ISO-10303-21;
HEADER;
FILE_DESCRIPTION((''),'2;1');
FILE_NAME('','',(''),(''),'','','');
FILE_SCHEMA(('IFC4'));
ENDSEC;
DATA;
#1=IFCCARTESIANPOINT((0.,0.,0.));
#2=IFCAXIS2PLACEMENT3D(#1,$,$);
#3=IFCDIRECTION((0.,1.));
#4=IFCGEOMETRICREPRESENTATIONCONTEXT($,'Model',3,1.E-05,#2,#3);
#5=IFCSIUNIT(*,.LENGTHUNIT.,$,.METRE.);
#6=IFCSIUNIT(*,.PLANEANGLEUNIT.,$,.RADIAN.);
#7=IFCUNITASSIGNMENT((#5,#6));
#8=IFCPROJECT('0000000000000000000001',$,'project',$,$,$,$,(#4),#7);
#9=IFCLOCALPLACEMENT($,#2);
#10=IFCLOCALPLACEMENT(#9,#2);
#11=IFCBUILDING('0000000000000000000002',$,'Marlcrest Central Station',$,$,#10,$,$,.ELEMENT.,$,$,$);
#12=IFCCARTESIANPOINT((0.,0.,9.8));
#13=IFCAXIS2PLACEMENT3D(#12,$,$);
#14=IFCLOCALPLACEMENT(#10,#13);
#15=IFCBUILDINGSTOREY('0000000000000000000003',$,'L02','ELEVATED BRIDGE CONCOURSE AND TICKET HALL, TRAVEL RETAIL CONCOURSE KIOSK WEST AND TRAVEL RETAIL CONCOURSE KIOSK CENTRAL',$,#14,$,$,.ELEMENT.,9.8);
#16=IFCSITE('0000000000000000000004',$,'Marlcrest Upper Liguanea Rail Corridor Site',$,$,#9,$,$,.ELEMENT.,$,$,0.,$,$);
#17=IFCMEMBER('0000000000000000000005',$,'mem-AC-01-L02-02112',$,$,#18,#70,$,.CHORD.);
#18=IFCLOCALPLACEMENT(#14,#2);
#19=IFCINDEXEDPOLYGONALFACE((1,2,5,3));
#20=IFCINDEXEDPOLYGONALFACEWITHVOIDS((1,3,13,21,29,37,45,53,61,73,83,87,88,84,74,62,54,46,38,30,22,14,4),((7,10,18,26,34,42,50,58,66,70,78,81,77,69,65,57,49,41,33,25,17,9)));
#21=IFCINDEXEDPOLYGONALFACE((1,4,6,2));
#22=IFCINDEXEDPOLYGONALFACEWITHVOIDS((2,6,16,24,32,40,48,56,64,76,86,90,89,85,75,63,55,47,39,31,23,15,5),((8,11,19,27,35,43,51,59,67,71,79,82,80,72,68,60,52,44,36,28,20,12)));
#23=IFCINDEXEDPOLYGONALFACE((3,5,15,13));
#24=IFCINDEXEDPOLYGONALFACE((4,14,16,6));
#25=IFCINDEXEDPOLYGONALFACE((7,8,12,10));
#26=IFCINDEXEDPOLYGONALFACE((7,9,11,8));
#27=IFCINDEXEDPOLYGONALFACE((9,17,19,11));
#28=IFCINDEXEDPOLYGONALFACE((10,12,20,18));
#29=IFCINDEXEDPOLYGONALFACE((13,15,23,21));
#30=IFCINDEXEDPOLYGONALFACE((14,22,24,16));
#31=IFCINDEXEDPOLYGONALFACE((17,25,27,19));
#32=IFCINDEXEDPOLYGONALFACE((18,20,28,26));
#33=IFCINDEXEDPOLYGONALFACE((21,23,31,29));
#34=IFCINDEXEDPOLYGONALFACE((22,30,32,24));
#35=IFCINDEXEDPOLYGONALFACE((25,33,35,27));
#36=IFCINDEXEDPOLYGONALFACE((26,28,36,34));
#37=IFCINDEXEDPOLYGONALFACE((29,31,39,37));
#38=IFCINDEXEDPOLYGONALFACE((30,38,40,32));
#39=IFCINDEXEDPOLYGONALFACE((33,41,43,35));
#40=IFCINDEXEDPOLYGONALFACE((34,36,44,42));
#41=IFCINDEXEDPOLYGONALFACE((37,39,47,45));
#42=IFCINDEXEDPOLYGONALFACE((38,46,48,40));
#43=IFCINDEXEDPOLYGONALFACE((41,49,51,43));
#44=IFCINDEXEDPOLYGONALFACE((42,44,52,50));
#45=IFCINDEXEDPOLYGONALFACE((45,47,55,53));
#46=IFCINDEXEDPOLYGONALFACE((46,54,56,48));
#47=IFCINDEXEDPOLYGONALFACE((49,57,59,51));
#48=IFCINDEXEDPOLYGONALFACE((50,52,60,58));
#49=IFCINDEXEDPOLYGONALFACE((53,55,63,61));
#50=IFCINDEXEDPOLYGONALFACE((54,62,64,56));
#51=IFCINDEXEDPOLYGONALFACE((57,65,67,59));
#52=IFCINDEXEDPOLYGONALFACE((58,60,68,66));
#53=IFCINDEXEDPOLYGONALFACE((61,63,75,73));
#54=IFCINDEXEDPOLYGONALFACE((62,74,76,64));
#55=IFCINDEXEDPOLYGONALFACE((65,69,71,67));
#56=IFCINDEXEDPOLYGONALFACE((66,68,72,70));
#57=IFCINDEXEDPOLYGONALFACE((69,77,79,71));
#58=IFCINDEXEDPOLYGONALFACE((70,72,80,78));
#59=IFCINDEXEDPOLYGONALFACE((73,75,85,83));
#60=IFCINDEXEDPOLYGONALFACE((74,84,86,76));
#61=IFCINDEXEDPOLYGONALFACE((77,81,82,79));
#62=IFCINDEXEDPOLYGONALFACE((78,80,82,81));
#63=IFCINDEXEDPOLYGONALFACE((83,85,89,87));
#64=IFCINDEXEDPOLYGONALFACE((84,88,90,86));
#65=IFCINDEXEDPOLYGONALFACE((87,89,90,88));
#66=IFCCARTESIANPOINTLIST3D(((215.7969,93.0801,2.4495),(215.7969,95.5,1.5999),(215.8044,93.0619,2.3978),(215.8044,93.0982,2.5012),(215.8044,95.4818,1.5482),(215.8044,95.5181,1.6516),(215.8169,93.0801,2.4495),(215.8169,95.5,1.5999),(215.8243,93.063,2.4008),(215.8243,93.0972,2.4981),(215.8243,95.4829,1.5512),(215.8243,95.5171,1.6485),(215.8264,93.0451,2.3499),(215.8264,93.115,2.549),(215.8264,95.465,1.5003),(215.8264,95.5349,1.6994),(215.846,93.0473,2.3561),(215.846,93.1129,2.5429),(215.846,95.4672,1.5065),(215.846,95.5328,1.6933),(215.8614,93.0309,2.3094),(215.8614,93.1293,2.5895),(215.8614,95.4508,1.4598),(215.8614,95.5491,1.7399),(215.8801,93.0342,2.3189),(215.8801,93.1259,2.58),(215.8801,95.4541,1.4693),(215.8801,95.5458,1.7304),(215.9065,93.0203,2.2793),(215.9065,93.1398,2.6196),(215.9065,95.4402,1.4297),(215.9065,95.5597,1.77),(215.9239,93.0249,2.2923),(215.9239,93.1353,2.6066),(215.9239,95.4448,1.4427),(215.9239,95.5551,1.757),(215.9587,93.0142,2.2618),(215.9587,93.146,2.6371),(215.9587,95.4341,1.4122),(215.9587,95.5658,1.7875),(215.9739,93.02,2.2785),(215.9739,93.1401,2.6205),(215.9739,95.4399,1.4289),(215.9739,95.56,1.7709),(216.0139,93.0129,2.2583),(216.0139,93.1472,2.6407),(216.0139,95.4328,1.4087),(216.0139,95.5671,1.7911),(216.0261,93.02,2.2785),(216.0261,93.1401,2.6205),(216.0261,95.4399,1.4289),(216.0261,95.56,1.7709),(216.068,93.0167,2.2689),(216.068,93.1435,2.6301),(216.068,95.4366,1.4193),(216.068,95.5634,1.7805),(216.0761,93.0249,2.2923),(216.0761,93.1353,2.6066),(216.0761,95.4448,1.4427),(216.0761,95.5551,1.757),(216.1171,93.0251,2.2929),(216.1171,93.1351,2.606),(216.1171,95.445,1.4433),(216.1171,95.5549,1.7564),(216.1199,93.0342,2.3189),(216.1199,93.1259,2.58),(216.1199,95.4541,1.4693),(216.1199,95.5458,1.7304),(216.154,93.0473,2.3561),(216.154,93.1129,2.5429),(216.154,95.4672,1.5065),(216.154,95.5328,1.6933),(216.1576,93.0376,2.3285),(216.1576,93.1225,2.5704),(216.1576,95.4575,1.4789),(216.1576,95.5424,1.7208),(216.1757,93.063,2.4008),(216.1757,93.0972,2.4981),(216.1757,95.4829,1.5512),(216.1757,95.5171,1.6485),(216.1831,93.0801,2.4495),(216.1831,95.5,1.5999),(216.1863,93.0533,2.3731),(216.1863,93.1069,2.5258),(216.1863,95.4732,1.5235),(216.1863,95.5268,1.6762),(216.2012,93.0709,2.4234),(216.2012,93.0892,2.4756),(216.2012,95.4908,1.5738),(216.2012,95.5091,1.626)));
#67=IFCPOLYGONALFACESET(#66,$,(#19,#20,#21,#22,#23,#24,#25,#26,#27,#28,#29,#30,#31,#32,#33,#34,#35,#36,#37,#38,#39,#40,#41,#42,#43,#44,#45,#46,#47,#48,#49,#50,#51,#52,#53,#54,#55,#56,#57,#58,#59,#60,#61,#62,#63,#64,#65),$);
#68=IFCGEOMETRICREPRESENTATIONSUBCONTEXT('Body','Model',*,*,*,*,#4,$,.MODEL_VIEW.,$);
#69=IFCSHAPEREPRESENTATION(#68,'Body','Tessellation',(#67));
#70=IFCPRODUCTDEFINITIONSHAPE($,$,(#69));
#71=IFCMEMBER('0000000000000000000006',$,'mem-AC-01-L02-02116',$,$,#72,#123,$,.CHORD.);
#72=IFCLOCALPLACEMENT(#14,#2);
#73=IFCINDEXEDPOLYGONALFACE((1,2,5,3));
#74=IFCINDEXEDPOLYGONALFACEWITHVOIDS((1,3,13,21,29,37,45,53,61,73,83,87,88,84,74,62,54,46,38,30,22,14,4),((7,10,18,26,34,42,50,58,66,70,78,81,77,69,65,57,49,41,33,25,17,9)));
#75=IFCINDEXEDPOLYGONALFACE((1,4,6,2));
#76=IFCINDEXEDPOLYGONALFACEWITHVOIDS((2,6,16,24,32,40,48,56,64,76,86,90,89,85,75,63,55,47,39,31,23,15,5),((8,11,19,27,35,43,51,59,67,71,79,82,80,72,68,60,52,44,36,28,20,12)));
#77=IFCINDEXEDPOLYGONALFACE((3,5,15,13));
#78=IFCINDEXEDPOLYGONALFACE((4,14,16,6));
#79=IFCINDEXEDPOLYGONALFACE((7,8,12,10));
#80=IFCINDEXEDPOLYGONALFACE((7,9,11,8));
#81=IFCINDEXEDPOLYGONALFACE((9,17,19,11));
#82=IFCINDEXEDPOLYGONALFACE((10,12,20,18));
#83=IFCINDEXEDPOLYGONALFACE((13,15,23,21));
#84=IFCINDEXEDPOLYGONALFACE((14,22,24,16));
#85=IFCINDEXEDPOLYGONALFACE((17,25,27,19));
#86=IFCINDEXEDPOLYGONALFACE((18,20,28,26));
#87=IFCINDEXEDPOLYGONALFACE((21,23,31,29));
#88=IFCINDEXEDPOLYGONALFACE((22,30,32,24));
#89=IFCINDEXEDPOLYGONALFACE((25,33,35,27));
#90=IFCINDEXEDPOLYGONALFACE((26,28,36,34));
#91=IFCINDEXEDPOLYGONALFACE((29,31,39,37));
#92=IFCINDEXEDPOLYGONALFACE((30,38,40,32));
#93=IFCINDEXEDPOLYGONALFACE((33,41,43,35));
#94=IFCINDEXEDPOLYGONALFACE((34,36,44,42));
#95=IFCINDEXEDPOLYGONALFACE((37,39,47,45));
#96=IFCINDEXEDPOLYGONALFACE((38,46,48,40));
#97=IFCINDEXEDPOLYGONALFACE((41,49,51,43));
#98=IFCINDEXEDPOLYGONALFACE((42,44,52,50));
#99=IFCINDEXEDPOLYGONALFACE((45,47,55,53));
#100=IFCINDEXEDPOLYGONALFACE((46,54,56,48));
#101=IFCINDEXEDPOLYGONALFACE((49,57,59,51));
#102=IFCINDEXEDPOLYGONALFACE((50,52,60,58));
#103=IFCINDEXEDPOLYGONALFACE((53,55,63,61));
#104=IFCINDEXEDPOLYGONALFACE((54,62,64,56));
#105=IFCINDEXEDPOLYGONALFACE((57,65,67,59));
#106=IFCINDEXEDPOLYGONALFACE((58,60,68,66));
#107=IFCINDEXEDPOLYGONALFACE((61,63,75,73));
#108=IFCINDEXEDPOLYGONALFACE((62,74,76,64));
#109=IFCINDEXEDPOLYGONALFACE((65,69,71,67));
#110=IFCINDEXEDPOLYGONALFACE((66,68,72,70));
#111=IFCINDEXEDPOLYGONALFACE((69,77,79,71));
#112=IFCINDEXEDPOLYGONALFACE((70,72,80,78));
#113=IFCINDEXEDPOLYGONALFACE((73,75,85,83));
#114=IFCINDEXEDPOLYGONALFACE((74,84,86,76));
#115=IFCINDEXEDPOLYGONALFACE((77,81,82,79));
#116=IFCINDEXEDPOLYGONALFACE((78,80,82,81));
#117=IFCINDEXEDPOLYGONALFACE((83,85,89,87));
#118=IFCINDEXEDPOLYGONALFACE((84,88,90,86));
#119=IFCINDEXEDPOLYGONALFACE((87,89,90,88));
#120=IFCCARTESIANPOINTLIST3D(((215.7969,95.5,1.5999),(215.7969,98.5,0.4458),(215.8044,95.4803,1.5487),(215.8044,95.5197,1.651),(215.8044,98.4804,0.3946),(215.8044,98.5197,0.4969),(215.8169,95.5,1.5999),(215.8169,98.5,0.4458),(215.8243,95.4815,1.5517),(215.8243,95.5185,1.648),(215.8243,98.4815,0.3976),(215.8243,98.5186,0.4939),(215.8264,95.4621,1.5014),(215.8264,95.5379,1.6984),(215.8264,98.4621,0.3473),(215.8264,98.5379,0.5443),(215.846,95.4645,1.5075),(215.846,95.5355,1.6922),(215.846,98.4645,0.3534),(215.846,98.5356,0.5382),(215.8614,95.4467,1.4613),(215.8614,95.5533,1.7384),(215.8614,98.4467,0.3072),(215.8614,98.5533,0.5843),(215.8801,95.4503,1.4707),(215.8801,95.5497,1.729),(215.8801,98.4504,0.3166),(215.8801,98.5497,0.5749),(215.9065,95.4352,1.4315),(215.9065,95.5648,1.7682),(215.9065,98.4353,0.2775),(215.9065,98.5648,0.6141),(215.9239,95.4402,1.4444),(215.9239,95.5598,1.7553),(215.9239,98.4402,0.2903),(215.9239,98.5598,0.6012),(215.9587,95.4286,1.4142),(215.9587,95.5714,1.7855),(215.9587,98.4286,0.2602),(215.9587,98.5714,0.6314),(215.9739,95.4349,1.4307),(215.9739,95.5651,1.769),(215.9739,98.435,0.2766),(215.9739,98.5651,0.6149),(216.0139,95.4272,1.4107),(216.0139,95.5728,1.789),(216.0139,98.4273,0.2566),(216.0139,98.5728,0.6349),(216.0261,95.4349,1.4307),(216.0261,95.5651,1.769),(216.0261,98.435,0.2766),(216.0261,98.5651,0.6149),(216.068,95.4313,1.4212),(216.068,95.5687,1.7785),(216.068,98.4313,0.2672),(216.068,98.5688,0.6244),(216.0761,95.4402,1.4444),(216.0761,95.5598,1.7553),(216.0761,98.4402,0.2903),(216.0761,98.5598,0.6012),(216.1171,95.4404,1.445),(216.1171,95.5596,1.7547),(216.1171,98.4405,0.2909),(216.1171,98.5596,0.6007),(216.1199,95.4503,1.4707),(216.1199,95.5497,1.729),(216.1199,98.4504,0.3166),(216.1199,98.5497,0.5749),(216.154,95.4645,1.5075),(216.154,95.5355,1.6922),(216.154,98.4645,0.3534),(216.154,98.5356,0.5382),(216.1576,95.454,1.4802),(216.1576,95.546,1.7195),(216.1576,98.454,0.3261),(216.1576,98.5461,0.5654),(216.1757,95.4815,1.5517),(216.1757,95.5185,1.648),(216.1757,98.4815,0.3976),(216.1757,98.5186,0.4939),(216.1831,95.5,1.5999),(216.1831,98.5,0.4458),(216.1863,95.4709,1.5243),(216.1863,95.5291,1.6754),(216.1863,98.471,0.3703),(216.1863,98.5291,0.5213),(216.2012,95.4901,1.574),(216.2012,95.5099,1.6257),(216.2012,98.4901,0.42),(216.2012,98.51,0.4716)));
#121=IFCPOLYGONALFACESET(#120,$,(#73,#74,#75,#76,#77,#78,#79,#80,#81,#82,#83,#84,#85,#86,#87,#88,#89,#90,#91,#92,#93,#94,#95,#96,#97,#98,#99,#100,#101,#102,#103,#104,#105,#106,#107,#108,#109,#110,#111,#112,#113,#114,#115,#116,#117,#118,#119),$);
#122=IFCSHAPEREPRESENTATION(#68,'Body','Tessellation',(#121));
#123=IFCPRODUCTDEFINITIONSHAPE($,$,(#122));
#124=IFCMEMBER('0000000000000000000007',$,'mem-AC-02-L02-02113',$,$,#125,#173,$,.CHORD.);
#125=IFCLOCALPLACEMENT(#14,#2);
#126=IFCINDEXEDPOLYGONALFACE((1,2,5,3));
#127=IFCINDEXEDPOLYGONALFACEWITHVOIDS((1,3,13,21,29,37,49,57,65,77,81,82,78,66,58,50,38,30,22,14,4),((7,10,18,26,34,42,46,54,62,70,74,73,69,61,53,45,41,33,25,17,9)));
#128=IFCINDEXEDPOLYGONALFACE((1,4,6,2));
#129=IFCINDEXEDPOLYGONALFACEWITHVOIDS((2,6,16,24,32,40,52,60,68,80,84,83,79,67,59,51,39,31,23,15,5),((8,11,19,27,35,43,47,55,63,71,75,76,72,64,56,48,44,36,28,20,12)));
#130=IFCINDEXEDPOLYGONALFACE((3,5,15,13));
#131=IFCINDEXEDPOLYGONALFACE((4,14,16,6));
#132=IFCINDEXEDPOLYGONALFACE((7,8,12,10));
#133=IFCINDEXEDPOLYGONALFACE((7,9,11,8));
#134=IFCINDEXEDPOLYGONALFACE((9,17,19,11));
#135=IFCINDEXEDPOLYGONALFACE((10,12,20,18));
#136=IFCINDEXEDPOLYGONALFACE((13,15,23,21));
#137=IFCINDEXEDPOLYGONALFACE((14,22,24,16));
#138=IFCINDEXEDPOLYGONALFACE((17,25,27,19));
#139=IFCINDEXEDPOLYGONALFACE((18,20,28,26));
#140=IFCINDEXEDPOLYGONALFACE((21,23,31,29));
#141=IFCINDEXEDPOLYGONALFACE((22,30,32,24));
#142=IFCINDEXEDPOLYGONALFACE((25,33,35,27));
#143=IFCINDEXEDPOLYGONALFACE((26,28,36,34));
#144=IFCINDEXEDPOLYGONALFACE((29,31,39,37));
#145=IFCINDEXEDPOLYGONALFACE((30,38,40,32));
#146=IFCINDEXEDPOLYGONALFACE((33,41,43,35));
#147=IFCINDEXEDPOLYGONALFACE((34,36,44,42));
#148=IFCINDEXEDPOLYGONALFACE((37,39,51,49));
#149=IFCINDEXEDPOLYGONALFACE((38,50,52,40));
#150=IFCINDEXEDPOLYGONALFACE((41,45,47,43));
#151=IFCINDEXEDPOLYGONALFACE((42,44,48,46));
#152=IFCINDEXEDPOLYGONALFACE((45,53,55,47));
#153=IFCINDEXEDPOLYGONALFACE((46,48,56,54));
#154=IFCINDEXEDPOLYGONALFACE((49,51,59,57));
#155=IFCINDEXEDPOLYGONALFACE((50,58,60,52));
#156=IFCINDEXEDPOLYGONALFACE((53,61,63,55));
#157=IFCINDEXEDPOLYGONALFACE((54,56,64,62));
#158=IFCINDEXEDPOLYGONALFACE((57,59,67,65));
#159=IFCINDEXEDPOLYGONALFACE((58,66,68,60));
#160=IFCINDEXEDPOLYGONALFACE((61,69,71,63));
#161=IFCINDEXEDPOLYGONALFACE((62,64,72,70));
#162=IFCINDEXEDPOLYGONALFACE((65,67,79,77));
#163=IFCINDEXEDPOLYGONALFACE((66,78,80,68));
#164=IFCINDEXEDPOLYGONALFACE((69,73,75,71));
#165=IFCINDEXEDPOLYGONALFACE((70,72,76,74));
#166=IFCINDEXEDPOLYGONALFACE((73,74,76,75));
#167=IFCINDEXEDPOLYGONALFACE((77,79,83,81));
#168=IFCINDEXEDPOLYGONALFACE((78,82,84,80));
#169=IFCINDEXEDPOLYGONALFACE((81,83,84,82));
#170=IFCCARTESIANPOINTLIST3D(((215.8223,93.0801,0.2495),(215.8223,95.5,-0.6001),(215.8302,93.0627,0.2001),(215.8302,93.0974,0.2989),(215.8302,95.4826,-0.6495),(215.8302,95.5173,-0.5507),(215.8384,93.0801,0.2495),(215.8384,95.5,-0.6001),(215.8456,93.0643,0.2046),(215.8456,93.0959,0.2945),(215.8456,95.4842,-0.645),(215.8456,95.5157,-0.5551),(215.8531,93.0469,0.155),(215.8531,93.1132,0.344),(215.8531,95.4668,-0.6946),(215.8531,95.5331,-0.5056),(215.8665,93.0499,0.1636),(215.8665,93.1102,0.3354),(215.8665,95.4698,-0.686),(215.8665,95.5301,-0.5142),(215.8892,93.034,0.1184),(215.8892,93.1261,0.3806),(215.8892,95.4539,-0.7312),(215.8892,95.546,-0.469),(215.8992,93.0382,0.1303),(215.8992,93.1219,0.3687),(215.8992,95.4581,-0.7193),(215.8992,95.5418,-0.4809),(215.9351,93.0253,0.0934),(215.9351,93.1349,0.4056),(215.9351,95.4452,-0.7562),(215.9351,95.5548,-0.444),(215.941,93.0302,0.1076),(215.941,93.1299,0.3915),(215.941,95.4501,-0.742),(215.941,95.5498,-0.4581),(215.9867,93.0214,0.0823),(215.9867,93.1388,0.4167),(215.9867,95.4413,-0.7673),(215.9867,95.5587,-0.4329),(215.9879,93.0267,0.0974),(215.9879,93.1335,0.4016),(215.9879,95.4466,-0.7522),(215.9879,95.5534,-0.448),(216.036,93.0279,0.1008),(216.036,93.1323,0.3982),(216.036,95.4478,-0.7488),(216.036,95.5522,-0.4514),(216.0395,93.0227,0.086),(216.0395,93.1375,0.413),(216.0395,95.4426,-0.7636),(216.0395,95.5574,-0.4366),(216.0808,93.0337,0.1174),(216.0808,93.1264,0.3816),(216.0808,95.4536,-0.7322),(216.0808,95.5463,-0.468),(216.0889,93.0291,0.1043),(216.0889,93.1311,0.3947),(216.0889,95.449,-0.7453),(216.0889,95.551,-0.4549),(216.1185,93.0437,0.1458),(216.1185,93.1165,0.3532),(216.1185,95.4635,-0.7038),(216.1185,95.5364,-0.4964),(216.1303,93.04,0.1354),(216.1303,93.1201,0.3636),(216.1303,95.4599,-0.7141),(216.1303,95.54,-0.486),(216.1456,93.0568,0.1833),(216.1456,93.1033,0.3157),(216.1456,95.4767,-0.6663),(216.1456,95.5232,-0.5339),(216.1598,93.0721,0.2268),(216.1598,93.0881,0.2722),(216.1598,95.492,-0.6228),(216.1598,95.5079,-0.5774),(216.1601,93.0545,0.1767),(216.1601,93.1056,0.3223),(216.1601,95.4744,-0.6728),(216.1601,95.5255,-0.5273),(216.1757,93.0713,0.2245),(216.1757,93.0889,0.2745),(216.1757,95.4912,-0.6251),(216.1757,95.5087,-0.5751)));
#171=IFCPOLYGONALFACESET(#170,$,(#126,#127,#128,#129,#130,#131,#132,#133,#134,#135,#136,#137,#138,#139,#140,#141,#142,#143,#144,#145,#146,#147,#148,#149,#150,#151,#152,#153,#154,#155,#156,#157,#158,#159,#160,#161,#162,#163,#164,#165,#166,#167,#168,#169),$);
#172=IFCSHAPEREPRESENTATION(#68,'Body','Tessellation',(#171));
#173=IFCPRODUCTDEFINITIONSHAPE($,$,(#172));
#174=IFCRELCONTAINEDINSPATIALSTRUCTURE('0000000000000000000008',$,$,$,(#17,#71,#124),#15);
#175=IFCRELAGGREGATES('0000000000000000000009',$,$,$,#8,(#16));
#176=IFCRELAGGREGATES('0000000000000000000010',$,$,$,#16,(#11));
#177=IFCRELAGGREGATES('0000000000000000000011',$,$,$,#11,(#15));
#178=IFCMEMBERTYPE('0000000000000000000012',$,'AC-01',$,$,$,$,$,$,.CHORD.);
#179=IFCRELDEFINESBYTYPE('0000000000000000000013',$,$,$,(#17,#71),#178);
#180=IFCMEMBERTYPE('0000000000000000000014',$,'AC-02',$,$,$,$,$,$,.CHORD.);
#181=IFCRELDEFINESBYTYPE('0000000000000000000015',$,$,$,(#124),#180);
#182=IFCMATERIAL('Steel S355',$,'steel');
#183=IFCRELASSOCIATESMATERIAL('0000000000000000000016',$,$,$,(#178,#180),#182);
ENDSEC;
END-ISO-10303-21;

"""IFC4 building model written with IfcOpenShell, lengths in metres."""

from ifc_helpers import new_model, si_unit, direction, frame, origin, origin_2d, place, context, subcontext, project, spatial, hollow_circle, extrude, material, material_profile, profile_set, type_object, element, save


model = new_model("IFC4")

# Units and contexts
model_context = context("Model", 3, precision=1e-05, world=origin(), true_north=direction((0.0, 1.0)))
body_context = subcontext(model_context, "Body", "Model", "MODEL_VIEW")
ifc_project = project(units=[si_unit("LENGTHUNIT", "METRE"), si_unit("PLANEANGLEUNIT", "RADIAN")], contexts=[model_context])

# Site, building, storey
site_placement = place(None, origin())
site = spatial("IfcSite", under=ifc_project, at=site_placement, Name="Marlcrest Upper Liguanea Rail Corridor Site", CompositionType="ELEMENT", RefElevation=0.0)
building_placement = place(site_placement, origin())
building = spatial("IfcBuilding", under=site, at=building_placement, Name="Marlcrest Central Station", CompositionType="ELEMENT")
storey_placement = place(building_placement, frame((0.0, 0.0, 9.8)))
storey = spatial("IfcBuildingStorey", under=building, at=storey_placement, Name="L02", Description="ELEVATED BRIDGE CONCOURSE AND TICKET HALL, TRAVEL RETAIL CONCOURSE KIOSK WEST AND TRAVEL RETAIL CONCOURSE KIOSK CENTRAL", CompositionType="ELEMENT", Elevation=9.8)

# Members
ifc_material = material(Name="Steel S355", Category="steel")
ifc_material_profile_1 = material_profile(ifc_material, hollow_circle(Radius=0.2031, WallThickness=0.02, at=origin_2d()), Name="CHS 406.4x20")
ifc_profile_set_1 = profile_set([ifc_material_profile_1], Name="Steel S355")
member_type_1 = type_object("IfcMemberType", Name="AC-01", PredefinedType="CHORD", material=ifc_profile_set_1)
member_1_placement = place(storey_placement, frame((216.0, 93.0801, 2.4495), z_axis=(0.0, 0.943537, -0.331266), x_axis=(-1.0, 0.0, 0.0)))
element("IfcMember", 1, at=member_1_placement, inside=storey, type_object=member_type_1, Name="mem-AC-01-L02-02112", PredefinedType="CHORD", context=body_context, shape_type="SweptSolid", body=[
    extrude(hollow_circle(Radius=0.2031, WallThickness=0.02, at=origin_2d()), origin(), (0.0, 0.0, 1.0), 2.5647),
])
member_2_placement = place(storey_placement, frame((216.0, 95.5, 1.5999), z_axis=(0.0, 0.933324, -0.359035), x_axis=(-1.0, 0.0, 0.0)))
element("IfcMember", 2, at=member_2_placement, inside=storey, type_object=member_type_1, Name="mem-AC-01-L02-02116", PredefinedType="CHORD", context=body_context, shape_type="SweptSolid", body=[
    extrude(hollow_circle(Radius=0.2031, WallThickness=0.02, at=origin_2d()), origin(), (0.0, 0.0, 1.0), 3.2144),
])
ifc_material_profile_2 = material_profile(ifc_material, hollow_circle(Radius=0.1777, WallThickness=0.0161, at=origin_2d()), Name="CHS 355.6x16")
ifc_profile_set_2 = profile_set([ifc_material_profile_2], Name="Steel S355")
member_type_2 = type_object("IfcMemberType", Name="AC-02", PredefinedType="CHORD", material=ifc_profile_set_2)
member_3_placement = place(storey_placement, frame((216.0, 93.0801, 0.2495), z_axis=(0.0, 0.943537, -0.331266), x_axis=(-1.0, 0.0, 0.0)))
element("IfcMember", 3, at=member_3_placement, inside=storey, type_object=member_type_2, Name="mem-AC-02-L02-02113", PredefinedType="CHORD", context=body_context, shape_type="SweptSolid", body=[
    extrude(hollow_circle(Radius=0.1777, WallThickness=0.0161, at=origin_2d()), origin(), (0.0, 0.0, 1.0), 2.5647),
])

save(model, "model.ifc")
